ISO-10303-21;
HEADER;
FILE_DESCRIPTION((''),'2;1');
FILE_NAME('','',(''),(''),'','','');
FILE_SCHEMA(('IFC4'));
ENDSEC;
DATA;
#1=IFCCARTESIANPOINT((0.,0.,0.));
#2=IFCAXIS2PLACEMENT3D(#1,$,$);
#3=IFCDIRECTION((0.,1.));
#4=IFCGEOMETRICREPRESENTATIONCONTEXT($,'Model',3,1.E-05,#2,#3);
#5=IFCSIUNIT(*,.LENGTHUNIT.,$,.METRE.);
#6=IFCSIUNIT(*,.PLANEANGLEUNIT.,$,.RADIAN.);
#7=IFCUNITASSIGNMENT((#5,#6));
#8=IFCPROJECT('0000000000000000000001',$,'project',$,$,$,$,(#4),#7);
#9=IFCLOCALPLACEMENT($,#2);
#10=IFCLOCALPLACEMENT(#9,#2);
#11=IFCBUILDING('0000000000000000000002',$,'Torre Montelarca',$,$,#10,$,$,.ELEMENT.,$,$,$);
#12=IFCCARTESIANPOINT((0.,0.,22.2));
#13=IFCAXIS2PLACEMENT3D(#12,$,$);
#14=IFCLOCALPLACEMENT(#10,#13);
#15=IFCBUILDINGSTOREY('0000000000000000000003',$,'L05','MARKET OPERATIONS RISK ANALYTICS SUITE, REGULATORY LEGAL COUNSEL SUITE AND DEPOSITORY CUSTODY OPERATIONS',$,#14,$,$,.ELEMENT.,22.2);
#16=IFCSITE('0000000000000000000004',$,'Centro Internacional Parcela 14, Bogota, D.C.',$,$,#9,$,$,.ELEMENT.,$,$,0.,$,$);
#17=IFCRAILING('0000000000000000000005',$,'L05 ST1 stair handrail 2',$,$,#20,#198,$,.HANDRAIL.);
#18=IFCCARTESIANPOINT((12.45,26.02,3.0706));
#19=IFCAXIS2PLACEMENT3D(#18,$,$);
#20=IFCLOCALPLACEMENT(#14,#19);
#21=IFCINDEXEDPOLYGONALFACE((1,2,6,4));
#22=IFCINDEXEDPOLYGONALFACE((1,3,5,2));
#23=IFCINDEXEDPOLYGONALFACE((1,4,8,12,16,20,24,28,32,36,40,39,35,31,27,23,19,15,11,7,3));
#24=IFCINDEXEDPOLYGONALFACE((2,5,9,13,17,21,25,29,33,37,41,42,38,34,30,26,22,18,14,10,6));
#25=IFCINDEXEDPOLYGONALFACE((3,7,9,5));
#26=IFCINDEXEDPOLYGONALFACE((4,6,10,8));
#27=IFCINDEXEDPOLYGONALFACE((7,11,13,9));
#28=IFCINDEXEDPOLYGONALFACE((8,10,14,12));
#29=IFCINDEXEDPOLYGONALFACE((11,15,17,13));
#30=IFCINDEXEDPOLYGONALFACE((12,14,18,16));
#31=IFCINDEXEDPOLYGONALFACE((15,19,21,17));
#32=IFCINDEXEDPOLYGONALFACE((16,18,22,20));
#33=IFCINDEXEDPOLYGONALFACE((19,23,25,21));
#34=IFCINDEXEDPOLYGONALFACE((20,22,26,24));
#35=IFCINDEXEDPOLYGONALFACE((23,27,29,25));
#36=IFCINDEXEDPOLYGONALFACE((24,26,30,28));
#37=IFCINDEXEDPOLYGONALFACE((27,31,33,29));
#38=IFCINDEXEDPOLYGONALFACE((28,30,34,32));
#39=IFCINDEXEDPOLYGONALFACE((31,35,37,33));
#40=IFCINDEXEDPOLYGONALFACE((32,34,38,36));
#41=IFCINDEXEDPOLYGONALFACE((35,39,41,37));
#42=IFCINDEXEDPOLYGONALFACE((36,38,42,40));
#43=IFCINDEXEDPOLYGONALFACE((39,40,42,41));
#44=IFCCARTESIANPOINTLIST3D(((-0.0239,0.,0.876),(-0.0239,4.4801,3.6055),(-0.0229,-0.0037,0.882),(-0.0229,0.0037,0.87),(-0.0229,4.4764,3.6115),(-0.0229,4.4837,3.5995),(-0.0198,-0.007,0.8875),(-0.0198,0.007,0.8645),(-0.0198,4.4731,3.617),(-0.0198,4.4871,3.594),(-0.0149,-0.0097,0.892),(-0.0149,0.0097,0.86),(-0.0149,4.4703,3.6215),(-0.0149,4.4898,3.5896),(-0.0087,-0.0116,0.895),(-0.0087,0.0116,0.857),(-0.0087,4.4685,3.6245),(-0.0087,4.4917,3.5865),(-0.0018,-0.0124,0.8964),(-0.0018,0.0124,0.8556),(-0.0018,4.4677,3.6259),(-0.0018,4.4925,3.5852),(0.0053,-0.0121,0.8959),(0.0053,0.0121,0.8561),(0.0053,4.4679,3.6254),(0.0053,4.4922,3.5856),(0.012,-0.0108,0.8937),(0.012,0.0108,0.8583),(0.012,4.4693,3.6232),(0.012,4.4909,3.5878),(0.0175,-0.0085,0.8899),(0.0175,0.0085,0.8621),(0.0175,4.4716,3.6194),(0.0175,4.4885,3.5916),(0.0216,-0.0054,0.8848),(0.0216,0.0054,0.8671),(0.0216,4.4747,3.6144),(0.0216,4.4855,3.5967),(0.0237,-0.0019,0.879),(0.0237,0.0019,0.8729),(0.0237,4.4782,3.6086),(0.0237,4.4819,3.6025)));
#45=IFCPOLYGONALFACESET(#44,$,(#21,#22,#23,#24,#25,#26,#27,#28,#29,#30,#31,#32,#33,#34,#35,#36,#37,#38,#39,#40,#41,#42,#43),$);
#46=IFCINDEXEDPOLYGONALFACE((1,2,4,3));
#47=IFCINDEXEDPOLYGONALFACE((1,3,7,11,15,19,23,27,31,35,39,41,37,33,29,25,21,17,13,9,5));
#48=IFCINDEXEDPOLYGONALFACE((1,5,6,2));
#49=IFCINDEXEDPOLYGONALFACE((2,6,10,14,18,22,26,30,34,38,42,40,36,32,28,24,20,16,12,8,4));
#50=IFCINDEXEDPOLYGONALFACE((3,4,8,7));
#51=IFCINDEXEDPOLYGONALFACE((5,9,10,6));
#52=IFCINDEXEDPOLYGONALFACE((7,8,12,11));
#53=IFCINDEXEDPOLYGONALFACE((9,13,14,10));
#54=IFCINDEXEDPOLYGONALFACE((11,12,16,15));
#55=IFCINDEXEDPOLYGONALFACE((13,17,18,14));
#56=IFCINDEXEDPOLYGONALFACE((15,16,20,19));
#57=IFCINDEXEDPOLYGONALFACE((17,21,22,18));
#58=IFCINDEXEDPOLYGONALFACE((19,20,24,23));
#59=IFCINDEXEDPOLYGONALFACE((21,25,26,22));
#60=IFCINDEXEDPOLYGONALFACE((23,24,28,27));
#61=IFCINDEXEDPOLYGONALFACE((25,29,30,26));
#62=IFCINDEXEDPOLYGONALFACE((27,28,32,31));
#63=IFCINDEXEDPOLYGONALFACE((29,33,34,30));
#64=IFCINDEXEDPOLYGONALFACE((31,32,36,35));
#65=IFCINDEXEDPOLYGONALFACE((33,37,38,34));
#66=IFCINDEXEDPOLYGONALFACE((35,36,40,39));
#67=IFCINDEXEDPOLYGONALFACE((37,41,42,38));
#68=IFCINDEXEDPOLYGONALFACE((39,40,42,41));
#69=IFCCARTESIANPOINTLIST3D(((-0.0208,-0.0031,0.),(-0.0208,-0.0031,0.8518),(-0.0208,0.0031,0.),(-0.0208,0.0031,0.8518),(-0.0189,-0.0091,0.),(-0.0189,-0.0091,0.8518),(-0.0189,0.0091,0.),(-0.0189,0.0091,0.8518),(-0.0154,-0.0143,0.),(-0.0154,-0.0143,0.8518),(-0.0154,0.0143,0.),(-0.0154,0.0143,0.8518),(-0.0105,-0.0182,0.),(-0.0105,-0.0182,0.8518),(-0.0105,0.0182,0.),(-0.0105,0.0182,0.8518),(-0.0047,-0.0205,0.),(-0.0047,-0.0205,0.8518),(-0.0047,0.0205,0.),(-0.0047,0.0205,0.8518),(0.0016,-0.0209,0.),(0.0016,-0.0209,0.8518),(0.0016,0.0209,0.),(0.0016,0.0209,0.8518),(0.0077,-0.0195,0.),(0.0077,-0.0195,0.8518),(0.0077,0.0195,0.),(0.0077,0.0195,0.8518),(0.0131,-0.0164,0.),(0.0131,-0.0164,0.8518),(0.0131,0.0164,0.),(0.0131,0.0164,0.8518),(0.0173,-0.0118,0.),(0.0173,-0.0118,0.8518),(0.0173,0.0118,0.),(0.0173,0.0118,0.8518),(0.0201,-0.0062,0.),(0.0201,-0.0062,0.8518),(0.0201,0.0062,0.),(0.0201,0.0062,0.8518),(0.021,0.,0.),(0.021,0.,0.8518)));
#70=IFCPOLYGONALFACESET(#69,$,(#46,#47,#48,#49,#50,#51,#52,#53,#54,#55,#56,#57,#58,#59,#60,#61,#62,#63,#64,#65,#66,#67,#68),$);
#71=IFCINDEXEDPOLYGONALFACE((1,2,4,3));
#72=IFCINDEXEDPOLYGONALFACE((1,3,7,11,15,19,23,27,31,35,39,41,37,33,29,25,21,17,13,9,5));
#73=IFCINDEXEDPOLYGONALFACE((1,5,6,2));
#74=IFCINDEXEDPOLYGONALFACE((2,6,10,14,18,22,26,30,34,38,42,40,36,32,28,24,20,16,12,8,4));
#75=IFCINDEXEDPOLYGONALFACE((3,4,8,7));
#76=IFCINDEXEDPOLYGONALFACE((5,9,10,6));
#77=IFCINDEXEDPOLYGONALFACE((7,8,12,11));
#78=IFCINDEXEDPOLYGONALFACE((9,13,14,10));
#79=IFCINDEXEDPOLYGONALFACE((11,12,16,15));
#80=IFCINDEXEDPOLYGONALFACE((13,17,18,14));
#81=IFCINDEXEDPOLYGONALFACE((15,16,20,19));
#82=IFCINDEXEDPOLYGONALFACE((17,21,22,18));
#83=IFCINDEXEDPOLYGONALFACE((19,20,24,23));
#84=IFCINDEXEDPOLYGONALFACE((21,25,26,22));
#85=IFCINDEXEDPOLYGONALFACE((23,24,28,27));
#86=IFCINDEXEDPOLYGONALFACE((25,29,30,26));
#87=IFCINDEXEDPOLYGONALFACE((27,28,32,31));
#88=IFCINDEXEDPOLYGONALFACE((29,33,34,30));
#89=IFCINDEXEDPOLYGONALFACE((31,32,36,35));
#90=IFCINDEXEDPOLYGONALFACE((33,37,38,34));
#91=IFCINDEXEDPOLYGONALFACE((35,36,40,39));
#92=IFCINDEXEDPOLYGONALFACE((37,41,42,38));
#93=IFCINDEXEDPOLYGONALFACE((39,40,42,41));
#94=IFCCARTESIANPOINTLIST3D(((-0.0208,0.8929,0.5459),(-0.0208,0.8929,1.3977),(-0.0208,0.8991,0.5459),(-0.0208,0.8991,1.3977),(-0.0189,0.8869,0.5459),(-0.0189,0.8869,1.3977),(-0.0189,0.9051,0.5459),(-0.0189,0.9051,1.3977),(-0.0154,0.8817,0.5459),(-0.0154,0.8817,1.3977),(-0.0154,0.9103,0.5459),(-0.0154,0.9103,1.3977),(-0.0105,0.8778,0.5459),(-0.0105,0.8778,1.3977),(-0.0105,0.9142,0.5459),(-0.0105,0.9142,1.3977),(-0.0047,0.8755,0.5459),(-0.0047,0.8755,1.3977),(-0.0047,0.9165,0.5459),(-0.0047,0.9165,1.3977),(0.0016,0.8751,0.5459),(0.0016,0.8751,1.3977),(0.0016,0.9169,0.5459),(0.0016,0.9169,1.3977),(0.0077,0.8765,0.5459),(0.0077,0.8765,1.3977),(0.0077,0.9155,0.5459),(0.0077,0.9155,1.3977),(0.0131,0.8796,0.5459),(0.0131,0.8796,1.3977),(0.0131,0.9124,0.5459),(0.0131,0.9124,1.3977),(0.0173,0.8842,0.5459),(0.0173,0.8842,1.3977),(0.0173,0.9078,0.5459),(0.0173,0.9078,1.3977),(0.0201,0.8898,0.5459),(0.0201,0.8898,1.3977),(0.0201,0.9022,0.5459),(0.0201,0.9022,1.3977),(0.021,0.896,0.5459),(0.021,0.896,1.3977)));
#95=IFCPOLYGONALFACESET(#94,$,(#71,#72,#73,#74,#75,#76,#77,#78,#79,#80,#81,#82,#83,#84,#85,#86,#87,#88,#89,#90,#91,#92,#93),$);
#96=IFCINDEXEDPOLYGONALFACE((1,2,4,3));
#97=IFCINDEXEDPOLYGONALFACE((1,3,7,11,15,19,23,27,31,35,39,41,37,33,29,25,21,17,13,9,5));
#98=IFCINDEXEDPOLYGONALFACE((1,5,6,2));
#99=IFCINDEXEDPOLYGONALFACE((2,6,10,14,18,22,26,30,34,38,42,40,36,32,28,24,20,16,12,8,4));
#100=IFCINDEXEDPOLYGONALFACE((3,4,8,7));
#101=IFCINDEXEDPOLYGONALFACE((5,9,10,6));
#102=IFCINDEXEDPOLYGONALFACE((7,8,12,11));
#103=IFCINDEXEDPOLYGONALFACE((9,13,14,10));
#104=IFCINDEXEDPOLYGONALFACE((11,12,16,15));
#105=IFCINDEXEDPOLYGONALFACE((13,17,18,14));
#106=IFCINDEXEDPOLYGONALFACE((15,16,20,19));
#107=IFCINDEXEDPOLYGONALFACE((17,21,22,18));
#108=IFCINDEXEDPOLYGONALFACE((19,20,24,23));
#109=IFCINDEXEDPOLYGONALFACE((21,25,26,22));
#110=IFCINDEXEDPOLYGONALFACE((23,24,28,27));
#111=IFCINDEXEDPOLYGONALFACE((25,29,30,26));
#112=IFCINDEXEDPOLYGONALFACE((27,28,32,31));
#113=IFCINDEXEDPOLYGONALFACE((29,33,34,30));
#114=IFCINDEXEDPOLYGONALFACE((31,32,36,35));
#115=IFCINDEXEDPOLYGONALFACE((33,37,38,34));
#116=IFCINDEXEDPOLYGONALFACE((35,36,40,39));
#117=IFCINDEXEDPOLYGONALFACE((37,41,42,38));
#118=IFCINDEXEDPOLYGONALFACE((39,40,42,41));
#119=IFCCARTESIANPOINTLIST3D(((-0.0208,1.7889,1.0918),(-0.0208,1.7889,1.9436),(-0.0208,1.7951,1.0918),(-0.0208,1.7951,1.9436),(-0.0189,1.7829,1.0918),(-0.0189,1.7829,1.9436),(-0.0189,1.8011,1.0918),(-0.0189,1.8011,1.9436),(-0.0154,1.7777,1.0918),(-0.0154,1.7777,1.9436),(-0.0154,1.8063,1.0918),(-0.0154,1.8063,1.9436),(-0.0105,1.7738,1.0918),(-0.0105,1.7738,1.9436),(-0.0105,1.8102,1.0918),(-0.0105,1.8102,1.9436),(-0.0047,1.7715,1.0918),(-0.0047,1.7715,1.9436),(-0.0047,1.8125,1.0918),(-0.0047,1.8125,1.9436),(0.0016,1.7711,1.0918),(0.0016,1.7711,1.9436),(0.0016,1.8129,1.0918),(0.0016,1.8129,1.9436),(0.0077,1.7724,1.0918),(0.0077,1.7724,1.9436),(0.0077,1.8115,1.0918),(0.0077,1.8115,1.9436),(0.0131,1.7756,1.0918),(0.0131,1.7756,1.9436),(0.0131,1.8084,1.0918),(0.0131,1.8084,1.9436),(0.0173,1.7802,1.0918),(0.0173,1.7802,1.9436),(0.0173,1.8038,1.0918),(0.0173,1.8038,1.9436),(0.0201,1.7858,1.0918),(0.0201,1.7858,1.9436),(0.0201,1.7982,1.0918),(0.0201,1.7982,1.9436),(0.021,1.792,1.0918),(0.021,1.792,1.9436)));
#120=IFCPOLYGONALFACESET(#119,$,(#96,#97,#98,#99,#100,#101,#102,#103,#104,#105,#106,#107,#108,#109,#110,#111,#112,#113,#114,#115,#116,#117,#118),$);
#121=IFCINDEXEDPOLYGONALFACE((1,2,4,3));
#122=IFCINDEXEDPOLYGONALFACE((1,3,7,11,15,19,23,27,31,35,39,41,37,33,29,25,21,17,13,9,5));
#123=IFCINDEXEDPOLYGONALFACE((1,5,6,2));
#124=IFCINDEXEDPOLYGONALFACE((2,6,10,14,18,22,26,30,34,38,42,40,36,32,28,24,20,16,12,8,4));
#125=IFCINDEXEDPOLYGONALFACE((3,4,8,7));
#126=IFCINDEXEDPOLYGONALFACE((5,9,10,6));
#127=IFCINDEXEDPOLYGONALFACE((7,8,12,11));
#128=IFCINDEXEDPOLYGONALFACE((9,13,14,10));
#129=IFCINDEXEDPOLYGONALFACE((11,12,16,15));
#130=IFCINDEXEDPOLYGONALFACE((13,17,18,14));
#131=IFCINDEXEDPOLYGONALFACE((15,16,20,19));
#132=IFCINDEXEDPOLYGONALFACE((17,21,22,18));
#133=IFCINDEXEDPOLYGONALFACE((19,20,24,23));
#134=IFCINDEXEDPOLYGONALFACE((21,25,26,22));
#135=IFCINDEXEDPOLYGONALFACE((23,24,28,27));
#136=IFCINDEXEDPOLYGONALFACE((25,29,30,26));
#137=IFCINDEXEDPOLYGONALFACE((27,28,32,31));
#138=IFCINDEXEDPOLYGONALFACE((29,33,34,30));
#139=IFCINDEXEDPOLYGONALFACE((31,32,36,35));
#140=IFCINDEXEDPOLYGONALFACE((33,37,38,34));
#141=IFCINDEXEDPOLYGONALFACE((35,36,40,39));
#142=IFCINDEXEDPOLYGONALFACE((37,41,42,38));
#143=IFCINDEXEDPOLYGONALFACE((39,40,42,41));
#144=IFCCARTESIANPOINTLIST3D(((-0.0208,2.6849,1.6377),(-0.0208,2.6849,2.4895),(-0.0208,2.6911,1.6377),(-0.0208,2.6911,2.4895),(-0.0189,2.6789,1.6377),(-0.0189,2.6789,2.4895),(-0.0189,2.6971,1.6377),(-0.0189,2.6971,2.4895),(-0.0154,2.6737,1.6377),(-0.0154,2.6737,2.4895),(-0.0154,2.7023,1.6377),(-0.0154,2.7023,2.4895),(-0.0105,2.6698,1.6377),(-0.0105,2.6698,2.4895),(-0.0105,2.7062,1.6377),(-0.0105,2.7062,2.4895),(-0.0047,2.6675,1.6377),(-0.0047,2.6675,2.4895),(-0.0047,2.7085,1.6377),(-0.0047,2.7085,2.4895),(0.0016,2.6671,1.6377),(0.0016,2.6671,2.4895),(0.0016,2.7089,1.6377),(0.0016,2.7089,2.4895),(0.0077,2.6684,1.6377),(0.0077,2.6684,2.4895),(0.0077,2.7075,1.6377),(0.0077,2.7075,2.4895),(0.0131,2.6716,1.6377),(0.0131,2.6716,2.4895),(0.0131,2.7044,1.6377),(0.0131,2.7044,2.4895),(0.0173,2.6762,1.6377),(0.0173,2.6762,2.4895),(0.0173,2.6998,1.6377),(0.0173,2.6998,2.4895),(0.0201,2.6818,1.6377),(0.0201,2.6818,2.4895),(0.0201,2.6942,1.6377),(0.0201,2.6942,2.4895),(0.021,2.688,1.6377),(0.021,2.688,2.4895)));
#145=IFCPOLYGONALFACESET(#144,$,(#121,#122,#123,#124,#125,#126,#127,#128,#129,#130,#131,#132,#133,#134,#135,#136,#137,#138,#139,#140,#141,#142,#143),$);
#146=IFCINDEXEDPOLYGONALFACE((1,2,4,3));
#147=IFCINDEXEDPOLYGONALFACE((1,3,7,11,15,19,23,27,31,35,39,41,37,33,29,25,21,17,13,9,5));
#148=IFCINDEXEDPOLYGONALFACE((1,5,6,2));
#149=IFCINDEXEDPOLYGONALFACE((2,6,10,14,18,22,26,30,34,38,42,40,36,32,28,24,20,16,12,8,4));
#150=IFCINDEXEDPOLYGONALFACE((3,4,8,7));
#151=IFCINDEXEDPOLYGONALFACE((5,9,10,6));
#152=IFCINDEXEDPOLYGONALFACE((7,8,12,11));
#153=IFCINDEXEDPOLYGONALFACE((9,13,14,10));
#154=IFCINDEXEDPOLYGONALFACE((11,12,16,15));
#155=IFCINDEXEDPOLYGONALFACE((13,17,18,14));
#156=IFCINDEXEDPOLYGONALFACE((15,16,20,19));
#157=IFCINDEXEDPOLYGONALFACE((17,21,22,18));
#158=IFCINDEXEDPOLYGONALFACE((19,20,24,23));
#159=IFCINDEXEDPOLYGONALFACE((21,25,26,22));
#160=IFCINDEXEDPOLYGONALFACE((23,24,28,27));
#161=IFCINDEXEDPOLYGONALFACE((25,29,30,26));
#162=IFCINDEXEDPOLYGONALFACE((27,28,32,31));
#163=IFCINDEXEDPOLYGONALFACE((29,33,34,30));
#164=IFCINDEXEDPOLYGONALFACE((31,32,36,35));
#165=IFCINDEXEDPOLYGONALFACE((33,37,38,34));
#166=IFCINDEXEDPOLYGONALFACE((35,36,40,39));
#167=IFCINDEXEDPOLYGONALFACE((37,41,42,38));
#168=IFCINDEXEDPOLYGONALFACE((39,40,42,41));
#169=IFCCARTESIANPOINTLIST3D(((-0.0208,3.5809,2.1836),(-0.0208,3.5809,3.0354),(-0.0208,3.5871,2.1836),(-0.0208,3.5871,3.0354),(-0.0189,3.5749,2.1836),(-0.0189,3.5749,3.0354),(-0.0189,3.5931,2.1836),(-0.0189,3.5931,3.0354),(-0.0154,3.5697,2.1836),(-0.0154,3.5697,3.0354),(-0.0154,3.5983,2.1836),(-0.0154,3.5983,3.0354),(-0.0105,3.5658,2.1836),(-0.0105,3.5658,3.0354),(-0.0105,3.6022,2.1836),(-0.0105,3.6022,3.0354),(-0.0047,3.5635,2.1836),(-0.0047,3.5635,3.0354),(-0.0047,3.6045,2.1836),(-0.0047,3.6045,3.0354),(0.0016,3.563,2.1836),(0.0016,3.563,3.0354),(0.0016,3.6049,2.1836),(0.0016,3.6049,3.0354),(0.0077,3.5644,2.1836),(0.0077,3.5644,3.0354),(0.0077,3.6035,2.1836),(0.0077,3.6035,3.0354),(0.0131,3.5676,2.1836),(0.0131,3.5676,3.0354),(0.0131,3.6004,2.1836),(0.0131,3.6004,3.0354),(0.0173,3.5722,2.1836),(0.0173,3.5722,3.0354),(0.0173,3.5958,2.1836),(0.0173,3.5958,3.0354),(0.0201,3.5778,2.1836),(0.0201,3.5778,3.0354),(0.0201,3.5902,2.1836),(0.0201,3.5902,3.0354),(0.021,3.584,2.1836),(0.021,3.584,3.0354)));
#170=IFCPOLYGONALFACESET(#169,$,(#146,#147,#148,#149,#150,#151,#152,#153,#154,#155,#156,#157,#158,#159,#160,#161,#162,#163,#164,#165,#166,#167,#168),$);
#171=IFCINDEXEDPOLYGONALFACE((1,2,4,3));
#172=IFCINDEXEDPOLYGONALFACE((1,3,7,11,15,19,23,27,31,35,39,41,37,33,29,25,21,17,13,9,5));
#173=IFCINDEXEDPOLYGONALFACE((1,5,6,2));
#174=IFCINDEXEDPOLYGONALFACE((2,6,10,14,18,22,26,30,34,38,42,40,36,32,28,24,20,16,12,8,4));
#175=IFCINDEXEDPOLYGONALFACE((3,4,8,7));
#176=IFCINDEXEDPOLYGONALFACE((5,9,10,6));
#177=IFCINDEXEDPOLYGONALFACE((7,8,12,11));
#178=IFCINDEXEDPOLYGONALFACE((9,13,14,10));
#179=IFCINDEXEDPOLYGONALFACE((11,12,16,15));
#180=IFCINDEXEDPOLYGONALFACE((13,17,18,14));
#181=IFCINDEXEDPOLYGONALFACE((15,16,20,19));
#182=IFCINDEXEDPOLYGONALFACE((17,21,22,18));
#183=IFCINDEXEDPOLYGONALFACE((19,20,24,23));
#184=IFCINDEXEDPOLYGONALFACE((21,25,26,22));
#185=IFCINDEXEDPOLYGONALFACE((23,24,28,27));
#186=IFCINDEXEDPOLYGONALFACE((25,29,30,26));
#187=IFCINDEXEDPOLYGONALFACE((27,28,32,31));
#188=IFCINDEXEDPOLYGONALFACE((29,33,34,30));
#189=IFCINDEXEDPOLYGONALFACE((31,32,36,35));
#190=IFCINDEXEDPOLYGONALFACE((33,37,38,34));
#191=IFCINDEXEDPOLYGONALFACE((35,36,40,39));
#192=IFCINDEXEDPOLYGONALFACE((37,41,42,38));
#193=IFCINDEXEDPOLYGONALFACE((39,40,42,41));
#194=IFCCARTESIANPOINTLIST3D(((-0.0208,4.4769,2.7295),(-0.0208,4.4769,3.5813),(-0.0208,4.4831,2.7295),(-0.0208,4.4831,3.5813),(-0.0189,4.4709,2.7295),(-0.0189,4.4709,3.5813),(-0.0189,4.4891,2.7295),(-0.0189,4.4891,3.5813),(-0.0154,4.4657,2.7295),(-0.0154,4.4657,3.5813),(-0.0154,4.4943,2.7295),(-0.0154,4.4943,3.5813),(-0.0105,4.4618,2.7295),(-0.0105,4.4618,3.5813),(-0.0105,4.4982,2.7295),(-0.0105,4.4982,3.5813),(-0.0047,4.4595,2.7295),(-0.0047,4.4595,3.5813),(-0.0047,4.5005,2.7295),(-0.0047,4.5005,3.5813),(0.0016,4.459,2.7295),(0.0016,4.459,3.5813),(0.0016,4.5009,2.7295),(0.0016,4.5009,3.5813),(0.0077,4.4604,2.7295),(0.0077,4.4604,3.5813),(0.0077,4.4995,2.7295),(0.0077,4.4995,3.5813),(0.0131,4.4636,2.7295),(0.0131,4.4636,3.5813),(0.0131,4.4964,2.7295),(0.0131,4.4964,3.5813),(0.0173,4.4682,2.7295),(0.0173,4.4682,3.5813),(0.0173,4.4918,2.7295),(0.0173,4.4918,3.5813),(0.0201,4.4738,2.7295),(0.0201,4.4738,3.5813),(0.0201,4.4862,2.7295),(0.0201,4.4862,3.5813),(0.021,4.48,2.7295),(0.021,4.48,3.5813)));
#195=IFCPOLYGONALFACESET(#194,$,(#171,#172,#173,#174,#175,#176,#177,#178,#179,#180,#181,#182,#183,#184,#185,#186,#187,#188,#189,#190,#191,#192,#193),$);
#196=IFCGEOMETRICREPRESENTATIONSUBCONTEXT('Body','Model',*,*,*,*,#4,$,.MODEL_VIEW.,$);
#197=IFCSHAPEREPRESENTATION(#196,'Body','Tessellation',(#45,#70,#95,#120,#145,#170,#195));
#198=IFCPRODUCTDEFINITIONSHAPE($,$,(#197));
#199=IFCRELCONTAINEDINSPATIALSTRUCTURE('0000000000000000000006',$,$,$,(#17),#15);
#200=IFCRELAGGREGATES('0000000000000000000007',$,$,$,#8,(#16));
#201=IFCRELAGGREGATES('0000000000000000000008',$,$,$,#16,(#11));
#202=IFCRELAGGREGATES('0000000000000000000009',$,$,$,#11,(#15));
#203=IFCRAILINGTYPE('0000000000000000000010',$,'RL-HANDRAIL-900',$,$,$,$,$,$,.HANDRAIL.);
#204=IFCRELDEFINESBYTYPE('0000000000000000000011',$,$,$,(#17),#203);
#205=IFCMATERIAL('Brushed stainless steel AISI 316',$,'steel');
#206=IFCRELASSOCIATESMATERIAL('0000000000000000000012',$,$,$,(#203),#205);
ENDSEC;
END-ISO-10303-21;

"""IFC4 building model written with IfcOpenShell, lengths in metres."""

from ifc_helpers import new_model, si_unit, direction, frame, origin, origin_2d, place, context, subcontext, project, spatial, circle, extrude, material, type_object, element, save


model = new_model("IFC4")

# Units and contexts
model_context = context("Model", 3, precision=1e-05, world=origin(), true_north=direction((0.0, 1.0)))
body_context = subcontext(model_context, "Body", "Model", "MODEL_VIEW")
ifc_project = project(units=[si_unit("LENGTHUNIT", "METRE"), si_unit("PLANEANGLEUNIT", "RADIAN")], contexts=[model_context])

# Site, building, storey
site_placement = place(None, origin())
site = spatial("IfcSite", under=ifc_project, at=site_placement, Name="Centro Internacional Parcela 14, Bogota, D.C.", CompositionType="ELEMENT", RefElevation=0.0)
building_placement = place(site_placement, origin())
building = spatial("IfcBuilding", under=site, at=building_placement, Name="Torre Montelarca", CompositionType="ELEMENT")
storey_placement = place(building_placement, frame((0.0, 0.0, 22.2)))
storey = spatial("IfcBuildingStorey", under=building, at=storey_placement, Name="L05", Description="MARKET OPERATIONS RISK ANALYTICS SUITE, REGULATORY LEGAL COUNSEL SUITE AND DEPOSITORY CUSTODY OPERATIONS", CompositionType="ELEMENT", Elevation=22.2)

# Railing
ifc_material_1 = material(Name="Brushed stainless steel AISI 316", Category="steel")
railing_type_1 = type_object("IfcRailingType", Name="RL-HANDRAIL-900", PredefinedType="HANDRAIL", material=ifc_material_1)
for number, where, name in (
    (1, (12.45, 26.02, 3.0706), "L05 ST1 stair handrail 2"),
):
    element("IfcRailing", number, at=place(storey_placement, frame(where)), inside=storey, type_object=railing_type_1, Name=name, PredefinedType="HANDRAIL", context=body_context, shape_type="SweptSolid", body=[
        extrude(circle(Radius=0.0239, at=origin_2d()), frame((0.0, 0.0, 0.876), z_axis=(0.0, 0.853983, 0.520301), x_axis=(-1.0, 0.0, 0.0)), (0.0, 0.0, 1.0), 5.2461),
        extrude(circle(Radius=0.021, at=origin_2d()), origin(), (0.0, 0.0, 1.0), 0.8518),
        extrude(circle(Radius=0.021, at=origin_2d()), frame((0.0, 0.896, 0.5459)), (0.0, 0.0, 1.0), 0.8518),
        extrude(circle(Radius=0.021, at=origin_2d()), frame((0.0, 1.792, 1.0918)), (0.0, 0.0, 1.0), 0.8518),
        extrude(circle(Radius=0.021, at=origin_2d()), frame((0.0, 2.688, 1.6377)), (0.0, 0.0, 1.0), 0.8518),
        extrude(circle(Radius=0.021, at=origin_2d()), frame((0.0, 3.584, 2.1836)), (0.0, 0.0, 1.0), 0.8518),
        extrude(circle(Radius=0.021, at=origin_2d()), frame((0.0, 4.48, 2.7295)), (0.0, 0.0, 1.0), 0.8518),
    ])

save(model, "model.ifc")
